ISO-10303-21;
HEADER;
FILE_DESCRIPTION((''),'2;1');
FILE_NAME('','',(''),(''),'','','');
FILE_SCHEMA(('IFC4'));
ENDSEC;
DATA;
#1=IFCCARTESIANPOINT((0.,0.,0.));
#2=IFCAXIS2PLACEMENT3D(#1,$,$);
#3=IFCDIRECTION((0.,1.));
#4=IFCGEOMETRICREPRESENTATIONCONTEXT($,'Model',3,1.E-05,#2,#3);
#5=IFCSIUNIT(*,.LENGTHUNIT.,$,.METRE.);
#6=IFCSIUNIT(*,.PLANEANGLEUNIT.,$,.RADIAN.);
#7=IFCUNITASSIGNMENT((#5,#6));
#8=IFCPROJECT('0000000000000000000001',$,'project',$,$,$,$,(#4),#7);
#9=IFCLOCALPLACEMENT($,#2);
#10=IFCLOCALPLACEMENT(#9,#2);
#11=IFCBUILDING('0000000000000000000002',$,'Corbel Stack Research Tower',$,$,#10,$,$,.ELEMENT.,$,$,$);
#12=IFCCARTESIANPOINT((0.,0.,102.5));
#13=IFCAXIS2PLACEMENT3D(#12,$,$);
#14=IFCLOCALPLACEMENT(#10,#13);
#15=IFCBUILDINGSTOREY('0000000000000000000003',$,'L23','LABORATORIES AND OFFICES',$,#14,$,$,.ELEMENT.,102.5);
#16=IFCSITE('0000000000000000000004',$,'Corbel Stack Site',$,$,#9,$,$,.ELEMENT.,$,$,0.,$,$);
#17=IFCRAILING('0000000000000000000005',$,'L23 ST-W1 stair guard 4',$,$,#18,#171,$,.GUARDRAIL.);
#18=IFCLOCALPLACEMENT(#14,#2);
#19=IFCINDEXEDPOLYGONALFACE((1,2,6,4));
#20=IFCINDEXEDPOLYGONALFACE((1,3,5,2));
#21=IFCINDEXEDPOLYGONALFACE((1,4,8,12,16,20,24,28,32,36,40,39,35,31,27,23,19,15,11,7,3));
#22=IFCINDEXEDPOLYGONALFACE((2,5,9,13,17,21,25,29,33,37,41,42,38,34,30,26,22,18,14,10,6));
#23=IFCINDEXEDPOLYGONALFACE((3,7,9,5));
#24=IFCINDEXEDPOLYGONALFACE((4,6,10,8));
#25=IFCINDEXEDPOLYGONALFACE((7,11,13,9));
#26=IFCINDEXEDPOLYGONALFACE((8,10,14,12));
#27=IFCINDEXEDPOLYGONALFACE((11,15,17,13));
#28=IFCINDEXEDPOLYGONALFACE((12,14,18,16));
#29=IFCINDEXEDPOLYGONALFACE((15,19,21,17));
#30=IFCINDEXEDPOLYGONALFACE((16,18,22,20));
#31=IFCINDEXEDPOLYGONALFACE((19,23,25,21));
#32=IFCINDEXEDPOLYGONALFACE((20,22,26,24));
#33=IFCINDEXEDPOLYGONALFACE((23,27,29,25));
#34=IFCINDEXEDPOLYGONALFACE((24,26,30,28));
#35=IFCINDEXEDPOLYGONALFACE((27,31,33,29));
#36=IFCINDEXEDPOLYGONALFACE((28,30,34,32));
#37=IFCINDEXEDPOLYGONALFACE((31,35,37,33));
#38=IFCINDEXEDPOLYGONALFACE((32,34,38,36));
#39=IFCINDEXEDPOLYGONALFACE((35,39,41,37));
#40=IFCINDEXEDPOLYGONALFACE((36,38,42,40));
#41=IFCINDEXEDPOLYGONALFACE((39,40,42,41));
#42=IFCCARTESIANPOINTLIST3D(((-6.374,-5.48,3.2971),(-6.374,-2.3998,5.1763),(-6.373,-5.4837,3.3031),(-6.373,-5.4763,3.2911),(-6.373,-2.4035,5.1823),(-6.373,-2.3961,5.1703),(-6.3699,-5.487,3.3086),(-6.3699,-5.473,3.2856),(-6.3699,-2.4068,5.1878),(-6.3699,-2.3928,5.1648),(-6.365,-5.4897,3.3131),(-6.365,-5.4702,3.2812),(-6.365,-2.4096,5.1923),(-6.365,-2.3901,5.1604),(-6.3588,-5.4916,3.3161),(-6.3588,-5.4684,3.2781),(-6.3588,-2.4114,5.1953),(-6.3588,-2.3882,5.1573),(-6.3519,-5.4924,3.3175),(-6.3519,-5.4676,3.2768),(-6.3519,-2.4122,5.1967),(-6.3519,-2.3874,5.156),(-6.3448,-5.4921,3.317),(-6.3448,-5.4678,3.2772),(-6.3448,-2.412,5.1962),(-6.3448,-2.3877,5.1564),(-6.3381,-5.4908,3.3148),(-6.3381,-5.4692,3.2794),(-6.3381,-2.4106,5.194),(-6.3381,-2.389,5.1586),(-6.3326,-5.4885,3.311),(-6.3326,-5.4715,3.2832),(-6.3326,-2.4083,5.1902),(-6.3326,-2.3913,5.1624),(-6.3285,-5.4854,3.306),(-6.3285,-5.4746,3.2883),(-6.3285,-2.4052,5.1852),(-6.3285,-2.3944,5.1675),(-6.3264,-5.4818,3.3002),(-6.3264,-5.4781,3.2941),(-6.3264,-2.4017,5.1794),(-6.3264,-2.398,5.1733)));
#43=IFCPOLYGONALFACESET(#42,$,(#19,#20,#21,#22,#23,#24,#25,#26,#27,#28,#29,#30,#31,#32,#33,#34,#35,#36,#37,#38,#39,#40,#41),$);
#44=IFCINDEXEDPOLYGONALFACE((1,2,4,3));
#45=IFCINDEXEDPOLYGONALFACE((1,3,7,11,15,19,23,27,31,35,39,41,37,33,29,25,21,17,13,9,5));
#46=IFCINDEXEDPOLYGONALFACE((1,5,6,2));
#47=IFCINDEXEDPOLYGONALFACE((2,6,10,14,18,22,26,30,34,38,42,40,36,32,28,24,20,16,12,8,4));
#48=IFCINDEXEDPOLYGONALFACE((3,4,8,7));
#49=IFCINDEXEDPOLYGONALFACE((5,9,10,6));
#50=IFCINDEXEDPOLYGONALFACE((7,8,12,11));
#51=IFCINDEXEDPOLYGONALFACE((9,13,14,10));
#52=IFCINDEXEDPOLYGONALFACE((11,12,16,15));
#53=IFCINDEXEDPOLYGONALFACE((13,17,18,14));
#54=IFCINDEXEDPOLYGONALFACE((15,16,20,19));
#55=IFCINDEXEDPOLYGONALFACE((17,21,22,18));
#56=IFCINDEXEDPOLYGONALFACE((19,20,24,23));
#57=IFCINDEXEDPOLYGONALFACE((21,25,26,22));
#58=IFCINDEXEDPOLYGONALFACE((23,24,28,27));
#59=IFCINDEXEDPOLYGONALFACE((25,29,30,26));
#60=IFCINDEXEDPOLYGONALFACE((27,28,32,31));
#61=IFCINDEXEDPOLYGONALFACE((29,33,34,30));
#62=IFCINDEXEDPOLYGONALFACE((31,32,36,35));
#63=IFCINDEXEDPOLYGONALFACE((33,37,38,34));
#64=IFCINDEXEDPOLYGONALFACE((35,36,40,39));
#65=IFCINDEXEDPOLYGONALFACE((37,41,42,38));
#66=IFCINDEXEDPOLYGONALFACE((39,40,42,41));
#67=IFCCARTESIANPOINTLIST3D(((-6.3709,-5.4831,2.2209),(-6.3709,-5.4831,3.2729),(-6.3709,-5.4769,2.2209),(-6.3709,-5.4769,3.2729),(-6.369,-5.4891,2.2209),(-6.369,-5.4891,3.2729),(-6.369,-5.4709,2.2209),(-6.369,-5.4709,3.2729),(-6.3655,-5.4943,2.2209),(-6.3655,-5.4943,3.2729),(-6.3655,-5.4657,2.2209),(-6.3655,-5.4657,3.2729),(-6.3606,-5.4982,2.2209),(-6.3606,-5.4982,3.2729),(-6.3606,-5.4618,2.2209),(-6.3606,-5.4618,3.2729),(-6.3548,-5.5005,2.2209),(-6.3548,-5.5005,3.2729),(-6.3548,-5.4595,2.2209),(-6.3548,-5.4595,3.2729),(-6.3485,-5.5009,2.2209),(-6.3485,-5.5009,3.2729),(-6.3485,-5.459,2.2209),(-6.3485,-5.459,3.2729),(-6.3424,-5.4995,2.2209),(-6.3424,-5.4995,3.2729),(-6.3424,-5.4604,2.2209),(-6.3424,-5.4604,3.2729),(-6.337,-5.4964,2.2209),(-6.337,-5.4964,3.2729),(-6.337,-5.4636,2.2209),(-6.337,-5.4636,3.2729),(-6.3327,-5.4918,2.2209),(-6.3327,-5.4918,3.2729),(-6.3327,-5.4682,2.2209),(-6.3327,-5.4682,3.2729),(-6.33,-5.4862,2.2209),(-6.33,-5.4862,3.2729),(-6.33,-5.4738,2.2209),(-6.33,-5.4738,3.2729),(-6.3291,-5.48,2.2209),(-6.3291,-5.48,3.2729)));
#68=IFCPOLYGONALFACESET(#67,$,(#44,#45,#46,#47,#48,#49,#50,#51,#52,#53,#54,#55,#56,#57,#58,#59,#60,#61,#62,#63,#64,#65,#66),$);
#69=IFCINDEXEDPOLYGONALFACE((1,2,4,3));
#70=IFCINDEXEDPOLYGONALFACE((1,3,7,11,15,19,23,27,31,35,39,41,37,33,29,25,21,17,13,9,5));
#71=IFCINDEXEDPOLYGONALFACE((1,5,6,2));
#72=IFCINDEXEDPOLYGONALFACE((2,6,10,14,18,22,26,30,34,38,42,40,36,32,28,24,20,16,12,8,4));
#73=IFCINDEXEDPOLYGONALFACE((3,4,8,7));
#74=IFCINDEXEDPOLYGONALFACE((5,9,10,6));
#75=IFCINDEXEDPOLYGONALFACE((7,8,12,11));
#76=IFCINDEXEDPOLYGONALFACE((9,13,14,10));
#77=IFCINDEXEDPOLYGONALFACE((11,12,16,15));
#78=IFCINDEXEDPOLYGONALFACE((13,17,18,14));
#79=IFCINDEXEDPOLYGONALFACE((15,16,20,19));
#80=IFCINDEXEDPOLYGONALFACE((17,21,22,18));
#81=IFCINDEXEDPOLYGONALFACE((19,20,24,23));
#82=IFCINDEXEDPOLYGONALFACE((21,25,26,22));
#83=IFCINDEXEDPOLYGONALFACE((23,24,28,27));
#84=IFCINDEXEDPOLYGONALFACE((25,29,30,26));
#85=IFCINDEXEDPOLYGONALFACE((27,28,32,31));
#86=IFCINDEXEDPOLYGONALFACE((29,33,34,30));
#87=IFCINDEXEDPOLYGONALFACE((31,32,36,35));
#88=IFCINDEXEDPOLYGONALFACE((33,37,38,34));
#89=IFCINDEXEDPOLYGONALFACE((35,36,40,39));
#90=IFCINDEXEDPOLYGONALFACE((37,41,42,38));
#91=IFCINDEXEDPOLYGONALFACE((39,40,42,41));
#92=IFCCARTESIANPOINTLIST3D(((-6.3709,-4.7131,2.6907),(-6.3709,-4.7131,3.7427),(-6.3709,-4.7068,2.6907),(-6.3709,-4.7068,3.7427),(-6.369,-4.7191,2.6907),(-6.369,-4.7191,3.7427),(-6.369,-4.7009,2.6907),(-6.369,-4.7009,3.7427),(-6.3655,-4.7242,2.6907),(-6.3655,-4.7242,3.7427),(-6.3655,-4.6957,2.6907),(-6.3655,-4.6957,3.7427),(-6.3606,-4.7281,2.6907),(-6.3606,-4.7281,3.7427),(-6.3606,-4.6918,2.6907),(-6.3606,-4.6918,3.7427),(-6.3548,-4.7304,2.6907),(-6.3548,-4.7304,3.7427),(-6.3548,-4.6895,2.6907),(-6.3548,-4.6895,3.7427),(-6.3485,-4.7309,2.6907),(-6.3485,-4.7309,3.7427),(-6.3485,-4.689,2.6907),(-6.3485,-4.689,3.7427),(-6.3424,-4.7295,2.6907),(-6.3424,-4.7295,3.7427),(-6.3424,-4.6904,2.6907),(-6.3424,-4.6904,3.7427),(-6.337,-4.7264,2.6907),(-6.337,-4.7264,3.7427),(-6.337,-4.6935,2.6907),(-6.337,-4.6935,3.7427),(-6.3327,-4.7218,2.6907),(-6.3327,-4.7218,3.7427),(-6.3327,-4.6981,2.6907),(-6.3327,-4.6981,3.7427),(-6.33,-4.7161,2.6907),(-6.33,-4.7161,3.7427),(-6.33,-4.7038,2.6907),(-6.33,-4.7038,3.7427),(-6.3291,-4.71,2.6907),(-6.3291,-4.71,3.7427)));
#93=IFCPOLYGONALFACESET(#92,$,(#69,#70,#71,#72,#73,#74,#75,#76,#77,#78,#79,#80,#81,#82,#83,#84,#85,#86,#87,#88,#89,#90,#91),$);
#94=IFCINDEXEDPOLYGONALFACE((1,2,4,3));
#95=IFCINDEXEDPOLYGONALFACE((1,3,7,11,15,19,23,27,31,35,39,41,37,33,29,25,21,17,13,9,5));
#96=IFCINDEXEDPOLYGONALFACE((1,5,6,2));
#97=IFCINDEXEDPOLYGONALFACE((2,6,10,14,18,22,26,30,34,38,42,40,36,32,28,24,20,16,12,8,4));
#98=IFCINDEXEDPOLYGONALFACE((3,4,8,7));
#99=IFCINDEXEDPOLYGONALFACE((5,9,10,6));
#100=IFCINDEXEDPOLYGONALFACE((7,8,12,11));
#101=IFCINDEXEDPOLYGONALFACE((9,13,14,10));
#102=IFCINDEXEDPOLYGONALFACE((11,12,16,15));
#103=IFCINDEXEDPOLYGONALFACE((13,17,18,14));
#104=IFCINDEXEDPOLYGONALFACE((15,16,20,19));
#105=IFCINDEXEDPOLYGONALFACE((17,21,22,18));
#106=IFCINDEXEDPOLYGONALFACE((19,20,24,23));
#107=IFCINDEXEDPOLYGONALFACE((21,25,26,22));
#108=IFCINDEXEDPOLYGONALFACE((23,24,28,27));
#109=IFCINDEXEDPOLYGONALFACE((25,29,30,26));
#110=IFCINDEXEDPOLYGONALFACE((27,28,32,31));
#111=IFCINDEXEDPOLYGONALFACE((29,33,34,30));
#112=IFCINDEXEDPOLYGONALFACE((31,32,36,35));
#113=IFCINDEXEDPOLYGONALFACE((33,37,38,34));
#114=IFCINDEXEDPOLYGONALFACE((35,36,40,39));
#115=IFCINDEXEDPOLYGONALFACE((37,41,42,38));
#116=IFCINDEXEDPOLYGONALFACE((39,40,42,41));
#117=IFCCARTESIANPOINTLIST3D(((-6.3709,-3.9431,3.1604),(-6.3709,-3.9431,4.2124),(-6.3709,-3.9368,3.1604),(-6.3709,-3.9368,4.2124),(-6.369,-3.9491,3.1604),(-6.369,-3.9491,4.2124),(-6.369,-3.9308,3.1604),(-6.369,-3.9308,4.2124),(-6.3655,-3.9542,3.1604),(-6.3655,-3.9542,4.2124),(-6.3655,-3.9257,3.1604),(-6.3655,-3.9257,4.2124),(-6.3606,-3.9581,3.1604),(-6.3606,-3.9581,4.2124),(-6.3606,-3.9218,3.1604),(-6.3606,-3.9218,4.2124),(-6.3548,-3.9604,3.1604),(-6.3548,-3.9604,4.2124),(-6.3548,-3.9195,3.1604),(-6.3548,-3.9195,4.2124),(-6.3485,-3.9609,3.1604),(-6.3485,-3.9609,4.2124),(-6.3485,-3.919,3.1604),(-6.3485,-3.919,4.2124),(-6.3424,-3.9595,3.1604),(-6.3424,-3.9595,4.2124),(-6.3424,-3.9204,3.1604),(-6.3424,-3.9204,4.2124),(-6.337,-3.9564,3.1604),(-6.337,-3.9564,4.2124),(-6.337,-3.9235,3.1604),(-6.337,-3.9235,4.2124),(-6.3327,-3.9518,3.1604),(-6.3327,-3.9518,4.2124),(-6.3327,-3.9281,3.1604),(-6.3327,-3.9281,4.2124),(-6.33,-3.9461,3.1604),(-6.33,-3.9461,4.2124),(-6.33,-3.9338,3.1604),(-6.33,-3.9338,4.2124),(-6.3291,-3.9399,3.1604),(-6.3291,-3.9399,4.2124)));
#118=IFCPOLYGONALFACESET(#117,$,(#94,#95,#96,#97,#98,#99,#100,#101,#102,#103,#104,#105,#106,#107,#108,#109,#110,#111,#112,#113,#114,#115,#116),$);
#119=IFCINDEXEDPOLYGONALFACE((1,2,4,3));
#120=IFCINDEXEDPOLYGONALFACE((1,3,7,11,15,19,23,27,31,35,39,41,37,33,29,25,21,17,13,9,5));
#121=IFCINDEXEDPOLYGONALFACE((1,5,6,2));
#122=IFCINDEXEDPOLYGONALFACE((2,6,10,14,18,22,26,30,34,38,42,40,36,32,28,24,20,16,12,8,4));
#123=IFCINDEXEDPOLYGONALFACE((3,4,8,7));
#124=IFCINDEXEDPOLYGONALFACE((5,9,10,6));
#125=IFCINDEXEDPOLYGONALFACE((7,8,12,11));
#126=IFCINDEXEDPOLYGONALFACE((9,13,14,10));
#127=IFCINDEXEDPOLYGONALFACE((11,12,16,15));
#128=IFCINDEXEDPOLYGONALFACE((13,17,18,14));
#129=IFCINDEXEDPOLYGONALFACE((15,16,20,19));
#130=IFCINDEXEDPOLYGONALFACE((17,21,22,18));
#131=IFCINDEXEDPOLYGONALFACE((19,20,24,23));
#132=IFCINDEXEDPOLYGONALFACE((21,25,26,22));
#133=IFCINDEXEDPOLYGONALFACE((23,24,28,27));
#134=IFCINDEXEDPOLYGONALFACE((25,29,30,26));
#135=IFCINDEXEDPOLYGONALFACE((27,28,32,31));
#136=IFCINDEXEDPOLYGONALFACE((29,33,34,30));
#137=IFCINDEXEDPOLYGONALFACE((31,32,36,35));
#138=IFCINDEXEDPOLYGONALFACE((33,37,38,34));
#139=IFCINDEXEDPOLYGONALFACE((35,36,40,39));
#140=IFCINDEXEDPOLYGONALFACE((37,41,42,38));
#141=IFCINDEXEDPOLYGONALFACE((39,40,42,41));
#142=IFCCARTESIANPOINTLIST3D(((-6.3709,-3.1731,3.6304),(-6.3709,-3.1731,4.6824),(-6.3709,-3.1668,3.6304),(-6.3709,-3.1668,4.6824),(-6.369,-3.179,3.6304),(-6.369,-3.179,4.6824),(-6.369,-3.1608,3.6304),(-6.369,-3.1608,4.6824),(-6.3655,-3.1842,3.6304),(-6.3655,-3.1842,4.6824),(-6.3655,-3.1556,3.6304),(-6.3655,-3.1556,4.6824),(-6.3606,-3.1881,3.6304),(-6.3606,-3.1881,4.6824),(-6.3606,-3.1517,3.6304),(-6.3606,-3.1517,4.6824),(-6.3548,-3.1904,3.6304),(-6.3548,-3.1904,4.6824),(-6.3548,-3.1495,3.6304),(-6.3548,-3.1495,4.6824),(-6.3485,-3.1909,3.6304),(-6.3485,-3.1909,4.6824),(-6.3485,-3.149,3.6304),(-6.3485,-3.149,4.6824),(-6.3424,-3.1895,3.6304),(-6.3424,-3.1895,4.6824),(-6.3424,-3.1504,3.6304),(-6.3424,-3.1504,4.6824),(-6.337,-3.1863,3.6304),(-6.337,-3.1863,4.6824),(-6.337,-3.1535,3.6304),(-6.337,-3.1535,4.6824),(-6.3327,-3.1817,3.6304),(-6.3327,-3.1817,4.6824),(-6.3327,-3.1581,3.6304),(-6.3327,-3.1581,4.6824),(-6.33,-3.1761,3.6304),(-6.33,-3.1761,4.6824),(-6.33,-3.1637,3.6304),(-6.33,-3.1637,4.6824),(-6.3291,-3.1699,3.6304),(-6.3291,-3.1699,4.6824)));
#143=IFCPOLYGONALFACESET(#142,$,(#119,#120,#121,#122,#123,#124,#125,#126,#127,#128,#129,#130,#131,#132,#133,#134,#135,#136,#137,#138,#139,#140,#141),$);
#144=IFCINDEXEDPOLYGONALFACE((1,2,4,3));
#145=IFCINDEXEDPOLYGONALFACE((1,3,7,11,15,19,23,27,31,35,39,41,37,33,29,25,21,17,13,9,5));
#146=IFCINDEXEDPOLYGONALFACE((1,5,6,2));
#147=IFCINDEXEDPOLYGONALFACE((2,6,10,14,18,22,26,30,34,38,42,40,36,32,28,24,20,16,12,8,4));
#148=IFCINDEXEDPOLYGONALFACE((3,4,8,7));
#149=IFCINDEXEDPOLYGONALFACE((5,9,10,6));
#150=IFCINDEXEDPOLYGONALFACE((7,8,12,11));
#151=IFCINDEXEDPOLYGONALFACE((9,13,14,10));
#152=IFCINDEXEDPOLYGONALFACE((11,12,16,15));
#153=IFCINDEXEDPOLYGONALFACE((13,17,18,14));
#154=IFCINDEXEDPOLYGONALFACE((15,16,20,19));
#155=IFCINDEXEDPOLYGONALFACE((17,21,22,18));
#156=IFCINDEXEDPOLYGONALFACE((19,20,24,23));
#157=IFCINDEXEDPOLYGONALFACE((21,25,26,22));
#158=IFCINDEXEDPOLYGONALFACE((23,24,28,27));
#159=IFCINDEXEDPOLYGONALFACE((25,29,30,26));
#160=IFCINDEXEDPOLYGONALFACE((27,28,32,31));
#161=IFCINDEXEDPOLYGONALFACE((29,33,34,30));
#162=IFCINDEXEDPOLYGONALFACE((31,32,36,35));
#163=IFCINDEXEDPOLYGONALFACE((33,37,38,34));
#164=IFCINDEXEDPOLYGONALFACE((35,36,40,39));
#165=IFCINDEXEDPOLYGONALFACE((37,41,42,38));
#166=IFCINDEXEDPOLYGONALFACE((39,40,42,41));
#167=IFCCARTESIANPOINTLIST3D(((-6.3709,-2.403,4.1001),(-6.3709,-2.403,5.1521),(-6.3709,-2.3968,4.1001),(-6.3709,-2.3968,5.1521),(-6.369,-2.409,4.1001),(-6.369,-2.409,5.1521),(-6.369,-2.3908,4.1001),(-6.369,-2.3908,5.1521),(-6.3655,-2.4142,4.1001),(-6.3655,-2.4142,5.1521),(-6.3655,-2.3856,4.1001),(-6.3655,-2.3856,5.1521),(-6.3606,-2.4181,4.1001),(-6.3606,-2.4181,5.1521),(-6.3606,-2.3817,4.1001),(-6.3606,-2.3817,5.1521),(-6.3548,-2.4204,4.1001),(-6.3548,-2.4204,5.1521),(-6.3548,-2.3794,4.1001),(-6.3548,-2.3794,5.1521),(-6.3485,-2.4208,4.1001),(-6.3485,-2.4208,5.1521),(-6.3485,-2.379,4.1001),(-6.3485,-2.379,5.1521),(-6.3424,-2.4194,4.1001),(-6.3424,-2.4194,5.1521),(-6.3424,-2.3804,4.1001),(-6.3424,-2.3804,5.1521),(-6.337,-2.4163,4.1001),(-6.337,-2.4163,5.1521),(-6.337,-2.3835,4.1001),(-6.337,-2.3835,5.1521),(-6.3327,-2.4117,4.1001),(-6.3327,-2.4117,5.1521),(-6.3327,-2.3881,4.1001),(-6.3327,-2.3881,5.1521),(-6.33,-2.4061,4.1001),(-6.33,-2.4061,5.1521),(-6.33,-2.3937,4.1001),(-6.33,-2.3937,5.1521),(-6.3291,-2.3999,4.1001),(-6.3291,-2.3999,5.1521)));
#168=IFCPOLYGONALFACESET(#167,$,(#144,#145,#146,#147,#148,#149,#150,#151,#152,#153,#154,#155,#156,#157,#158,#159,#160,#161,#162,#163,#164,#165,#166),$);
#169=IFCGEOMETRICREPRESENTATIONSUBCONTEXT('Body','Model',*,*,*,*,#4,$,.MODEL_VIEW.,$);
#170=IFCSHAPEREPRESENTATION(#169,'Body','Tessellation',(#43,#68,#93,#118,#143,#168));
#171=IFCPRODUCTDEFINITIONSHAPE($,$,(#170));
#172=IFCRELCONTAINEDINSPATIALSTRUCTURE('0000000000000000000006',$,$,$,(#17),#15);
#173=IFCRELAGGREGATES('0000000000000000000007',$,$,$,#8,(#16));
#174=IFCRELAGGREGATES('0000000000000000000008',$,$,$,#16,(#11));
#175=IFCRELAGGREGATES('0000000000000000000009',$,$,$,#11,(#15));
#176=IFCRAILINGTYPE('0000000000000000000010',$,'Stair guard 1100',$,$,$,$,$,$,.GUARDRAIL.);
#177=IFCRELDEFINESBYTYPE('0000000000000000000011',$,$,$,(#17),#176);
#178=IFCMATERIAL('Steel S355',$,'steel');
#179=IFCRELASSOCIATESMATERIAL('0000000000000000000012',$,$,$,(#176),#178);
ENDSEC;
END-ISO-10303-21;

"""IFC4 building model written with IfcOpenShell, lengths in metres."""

from ifc_helpers import new_model, si_unit, direction, frame, origin, origin_2d, place, context, subcontext, project, spatial, circle, extrude, material, type_object, element, save


model = new_model("IFC4")

# Units and contexts
model_context = context("Model", 3, precision=1e-05, world=origin(), true_north=direction((0.0, 1.0)))
body_context = subcontext(model_context, "Body", "Model", "MODEL_VIEW")
ifc_project = project(units=[si_unit("LENGTHUNIT", "METRE"), si_unit("PLANEANGLEUNIT", "RADIAN")], contexts=[model_context])

# Site, building, storey
site_placement = place(None, origin())
site = spatial("IfcSite", under=ifc_project, at=site_placement, Name="Corbel Stack Site", CompositionType="ELEMENT", RefElevation=0.0)
building_placement = place(site_placement, origin())
building = spatial("IfcBuilding", under=site, at=building_placement, Name="Corbel Stack Research Tower", CompositionType="ELEMENT")
storey_placement = place(building_placement, frame((0.0, 0.0, 102.5)))
storey = spatial("IfcBuildingStorey", under=building, at=storey_placement, Name="L23", Description="LABORATORIES AND OFFICES", CompositionType="ELEMENT", Elevation=102.5)

# Railing
ifc_material_1 = material(Name="Steel S355", Category="steel")
railing_type = type_object("IfcRailingType", Name="Stair guard 1100", PredefinedType="GUARDRAIL", material=ifc_material_1)
railing_1_placement = place(storey_placement, frame((-6.3501, -5.48, 2.2209)))
element("IfcRailing", 1, at=railing_1_placement, inside=storey, type_object=railing_type, Name="L23 ST-W1 stair guard 4", PredefinedType="GUARDRAIL", context=body_context, shape_type="SweptSolid", body=[
    extrude(circle(Radius=0.0239, at=origin_2d()), frame((0.0, 0.0, 1.0762), z_axis=(0.0, 0.853666, 0.52082), x_axis=(-1.0, 0.0, 0.0)), (0.0, 0.0, 1.0), 3.6082),
    extrude(circle(Radius=0.021, at=origin_2d()), origin(), (0.0, 0.0, 1.0), 1.052),
    extrude(circle(Radius=0.021, at=origin_2d()), frame((0.0, 0.77, 0.4697)), (0.0, 0.0, 1.0), 1.052),
    extrude(circle(Radius=0.021, at=origin_2d()), frame((0.0, 1.54, 0.9395)), (0.0, 0.0, 1.0), 1.052),
    extrude(circle(Radius=0.021, at=origin_2d()), frame((0.0, 2.3101, 1.4094)), (0.0, 0.0, 1.0), 1.052),
    extrude(circle(Radius=0.021, at=origin_2d()), frame((0.0, 3.0801, 1.8792)), (0.0, 0.0, 1.0), 1.052),
])

save(model, "model.ifc")
